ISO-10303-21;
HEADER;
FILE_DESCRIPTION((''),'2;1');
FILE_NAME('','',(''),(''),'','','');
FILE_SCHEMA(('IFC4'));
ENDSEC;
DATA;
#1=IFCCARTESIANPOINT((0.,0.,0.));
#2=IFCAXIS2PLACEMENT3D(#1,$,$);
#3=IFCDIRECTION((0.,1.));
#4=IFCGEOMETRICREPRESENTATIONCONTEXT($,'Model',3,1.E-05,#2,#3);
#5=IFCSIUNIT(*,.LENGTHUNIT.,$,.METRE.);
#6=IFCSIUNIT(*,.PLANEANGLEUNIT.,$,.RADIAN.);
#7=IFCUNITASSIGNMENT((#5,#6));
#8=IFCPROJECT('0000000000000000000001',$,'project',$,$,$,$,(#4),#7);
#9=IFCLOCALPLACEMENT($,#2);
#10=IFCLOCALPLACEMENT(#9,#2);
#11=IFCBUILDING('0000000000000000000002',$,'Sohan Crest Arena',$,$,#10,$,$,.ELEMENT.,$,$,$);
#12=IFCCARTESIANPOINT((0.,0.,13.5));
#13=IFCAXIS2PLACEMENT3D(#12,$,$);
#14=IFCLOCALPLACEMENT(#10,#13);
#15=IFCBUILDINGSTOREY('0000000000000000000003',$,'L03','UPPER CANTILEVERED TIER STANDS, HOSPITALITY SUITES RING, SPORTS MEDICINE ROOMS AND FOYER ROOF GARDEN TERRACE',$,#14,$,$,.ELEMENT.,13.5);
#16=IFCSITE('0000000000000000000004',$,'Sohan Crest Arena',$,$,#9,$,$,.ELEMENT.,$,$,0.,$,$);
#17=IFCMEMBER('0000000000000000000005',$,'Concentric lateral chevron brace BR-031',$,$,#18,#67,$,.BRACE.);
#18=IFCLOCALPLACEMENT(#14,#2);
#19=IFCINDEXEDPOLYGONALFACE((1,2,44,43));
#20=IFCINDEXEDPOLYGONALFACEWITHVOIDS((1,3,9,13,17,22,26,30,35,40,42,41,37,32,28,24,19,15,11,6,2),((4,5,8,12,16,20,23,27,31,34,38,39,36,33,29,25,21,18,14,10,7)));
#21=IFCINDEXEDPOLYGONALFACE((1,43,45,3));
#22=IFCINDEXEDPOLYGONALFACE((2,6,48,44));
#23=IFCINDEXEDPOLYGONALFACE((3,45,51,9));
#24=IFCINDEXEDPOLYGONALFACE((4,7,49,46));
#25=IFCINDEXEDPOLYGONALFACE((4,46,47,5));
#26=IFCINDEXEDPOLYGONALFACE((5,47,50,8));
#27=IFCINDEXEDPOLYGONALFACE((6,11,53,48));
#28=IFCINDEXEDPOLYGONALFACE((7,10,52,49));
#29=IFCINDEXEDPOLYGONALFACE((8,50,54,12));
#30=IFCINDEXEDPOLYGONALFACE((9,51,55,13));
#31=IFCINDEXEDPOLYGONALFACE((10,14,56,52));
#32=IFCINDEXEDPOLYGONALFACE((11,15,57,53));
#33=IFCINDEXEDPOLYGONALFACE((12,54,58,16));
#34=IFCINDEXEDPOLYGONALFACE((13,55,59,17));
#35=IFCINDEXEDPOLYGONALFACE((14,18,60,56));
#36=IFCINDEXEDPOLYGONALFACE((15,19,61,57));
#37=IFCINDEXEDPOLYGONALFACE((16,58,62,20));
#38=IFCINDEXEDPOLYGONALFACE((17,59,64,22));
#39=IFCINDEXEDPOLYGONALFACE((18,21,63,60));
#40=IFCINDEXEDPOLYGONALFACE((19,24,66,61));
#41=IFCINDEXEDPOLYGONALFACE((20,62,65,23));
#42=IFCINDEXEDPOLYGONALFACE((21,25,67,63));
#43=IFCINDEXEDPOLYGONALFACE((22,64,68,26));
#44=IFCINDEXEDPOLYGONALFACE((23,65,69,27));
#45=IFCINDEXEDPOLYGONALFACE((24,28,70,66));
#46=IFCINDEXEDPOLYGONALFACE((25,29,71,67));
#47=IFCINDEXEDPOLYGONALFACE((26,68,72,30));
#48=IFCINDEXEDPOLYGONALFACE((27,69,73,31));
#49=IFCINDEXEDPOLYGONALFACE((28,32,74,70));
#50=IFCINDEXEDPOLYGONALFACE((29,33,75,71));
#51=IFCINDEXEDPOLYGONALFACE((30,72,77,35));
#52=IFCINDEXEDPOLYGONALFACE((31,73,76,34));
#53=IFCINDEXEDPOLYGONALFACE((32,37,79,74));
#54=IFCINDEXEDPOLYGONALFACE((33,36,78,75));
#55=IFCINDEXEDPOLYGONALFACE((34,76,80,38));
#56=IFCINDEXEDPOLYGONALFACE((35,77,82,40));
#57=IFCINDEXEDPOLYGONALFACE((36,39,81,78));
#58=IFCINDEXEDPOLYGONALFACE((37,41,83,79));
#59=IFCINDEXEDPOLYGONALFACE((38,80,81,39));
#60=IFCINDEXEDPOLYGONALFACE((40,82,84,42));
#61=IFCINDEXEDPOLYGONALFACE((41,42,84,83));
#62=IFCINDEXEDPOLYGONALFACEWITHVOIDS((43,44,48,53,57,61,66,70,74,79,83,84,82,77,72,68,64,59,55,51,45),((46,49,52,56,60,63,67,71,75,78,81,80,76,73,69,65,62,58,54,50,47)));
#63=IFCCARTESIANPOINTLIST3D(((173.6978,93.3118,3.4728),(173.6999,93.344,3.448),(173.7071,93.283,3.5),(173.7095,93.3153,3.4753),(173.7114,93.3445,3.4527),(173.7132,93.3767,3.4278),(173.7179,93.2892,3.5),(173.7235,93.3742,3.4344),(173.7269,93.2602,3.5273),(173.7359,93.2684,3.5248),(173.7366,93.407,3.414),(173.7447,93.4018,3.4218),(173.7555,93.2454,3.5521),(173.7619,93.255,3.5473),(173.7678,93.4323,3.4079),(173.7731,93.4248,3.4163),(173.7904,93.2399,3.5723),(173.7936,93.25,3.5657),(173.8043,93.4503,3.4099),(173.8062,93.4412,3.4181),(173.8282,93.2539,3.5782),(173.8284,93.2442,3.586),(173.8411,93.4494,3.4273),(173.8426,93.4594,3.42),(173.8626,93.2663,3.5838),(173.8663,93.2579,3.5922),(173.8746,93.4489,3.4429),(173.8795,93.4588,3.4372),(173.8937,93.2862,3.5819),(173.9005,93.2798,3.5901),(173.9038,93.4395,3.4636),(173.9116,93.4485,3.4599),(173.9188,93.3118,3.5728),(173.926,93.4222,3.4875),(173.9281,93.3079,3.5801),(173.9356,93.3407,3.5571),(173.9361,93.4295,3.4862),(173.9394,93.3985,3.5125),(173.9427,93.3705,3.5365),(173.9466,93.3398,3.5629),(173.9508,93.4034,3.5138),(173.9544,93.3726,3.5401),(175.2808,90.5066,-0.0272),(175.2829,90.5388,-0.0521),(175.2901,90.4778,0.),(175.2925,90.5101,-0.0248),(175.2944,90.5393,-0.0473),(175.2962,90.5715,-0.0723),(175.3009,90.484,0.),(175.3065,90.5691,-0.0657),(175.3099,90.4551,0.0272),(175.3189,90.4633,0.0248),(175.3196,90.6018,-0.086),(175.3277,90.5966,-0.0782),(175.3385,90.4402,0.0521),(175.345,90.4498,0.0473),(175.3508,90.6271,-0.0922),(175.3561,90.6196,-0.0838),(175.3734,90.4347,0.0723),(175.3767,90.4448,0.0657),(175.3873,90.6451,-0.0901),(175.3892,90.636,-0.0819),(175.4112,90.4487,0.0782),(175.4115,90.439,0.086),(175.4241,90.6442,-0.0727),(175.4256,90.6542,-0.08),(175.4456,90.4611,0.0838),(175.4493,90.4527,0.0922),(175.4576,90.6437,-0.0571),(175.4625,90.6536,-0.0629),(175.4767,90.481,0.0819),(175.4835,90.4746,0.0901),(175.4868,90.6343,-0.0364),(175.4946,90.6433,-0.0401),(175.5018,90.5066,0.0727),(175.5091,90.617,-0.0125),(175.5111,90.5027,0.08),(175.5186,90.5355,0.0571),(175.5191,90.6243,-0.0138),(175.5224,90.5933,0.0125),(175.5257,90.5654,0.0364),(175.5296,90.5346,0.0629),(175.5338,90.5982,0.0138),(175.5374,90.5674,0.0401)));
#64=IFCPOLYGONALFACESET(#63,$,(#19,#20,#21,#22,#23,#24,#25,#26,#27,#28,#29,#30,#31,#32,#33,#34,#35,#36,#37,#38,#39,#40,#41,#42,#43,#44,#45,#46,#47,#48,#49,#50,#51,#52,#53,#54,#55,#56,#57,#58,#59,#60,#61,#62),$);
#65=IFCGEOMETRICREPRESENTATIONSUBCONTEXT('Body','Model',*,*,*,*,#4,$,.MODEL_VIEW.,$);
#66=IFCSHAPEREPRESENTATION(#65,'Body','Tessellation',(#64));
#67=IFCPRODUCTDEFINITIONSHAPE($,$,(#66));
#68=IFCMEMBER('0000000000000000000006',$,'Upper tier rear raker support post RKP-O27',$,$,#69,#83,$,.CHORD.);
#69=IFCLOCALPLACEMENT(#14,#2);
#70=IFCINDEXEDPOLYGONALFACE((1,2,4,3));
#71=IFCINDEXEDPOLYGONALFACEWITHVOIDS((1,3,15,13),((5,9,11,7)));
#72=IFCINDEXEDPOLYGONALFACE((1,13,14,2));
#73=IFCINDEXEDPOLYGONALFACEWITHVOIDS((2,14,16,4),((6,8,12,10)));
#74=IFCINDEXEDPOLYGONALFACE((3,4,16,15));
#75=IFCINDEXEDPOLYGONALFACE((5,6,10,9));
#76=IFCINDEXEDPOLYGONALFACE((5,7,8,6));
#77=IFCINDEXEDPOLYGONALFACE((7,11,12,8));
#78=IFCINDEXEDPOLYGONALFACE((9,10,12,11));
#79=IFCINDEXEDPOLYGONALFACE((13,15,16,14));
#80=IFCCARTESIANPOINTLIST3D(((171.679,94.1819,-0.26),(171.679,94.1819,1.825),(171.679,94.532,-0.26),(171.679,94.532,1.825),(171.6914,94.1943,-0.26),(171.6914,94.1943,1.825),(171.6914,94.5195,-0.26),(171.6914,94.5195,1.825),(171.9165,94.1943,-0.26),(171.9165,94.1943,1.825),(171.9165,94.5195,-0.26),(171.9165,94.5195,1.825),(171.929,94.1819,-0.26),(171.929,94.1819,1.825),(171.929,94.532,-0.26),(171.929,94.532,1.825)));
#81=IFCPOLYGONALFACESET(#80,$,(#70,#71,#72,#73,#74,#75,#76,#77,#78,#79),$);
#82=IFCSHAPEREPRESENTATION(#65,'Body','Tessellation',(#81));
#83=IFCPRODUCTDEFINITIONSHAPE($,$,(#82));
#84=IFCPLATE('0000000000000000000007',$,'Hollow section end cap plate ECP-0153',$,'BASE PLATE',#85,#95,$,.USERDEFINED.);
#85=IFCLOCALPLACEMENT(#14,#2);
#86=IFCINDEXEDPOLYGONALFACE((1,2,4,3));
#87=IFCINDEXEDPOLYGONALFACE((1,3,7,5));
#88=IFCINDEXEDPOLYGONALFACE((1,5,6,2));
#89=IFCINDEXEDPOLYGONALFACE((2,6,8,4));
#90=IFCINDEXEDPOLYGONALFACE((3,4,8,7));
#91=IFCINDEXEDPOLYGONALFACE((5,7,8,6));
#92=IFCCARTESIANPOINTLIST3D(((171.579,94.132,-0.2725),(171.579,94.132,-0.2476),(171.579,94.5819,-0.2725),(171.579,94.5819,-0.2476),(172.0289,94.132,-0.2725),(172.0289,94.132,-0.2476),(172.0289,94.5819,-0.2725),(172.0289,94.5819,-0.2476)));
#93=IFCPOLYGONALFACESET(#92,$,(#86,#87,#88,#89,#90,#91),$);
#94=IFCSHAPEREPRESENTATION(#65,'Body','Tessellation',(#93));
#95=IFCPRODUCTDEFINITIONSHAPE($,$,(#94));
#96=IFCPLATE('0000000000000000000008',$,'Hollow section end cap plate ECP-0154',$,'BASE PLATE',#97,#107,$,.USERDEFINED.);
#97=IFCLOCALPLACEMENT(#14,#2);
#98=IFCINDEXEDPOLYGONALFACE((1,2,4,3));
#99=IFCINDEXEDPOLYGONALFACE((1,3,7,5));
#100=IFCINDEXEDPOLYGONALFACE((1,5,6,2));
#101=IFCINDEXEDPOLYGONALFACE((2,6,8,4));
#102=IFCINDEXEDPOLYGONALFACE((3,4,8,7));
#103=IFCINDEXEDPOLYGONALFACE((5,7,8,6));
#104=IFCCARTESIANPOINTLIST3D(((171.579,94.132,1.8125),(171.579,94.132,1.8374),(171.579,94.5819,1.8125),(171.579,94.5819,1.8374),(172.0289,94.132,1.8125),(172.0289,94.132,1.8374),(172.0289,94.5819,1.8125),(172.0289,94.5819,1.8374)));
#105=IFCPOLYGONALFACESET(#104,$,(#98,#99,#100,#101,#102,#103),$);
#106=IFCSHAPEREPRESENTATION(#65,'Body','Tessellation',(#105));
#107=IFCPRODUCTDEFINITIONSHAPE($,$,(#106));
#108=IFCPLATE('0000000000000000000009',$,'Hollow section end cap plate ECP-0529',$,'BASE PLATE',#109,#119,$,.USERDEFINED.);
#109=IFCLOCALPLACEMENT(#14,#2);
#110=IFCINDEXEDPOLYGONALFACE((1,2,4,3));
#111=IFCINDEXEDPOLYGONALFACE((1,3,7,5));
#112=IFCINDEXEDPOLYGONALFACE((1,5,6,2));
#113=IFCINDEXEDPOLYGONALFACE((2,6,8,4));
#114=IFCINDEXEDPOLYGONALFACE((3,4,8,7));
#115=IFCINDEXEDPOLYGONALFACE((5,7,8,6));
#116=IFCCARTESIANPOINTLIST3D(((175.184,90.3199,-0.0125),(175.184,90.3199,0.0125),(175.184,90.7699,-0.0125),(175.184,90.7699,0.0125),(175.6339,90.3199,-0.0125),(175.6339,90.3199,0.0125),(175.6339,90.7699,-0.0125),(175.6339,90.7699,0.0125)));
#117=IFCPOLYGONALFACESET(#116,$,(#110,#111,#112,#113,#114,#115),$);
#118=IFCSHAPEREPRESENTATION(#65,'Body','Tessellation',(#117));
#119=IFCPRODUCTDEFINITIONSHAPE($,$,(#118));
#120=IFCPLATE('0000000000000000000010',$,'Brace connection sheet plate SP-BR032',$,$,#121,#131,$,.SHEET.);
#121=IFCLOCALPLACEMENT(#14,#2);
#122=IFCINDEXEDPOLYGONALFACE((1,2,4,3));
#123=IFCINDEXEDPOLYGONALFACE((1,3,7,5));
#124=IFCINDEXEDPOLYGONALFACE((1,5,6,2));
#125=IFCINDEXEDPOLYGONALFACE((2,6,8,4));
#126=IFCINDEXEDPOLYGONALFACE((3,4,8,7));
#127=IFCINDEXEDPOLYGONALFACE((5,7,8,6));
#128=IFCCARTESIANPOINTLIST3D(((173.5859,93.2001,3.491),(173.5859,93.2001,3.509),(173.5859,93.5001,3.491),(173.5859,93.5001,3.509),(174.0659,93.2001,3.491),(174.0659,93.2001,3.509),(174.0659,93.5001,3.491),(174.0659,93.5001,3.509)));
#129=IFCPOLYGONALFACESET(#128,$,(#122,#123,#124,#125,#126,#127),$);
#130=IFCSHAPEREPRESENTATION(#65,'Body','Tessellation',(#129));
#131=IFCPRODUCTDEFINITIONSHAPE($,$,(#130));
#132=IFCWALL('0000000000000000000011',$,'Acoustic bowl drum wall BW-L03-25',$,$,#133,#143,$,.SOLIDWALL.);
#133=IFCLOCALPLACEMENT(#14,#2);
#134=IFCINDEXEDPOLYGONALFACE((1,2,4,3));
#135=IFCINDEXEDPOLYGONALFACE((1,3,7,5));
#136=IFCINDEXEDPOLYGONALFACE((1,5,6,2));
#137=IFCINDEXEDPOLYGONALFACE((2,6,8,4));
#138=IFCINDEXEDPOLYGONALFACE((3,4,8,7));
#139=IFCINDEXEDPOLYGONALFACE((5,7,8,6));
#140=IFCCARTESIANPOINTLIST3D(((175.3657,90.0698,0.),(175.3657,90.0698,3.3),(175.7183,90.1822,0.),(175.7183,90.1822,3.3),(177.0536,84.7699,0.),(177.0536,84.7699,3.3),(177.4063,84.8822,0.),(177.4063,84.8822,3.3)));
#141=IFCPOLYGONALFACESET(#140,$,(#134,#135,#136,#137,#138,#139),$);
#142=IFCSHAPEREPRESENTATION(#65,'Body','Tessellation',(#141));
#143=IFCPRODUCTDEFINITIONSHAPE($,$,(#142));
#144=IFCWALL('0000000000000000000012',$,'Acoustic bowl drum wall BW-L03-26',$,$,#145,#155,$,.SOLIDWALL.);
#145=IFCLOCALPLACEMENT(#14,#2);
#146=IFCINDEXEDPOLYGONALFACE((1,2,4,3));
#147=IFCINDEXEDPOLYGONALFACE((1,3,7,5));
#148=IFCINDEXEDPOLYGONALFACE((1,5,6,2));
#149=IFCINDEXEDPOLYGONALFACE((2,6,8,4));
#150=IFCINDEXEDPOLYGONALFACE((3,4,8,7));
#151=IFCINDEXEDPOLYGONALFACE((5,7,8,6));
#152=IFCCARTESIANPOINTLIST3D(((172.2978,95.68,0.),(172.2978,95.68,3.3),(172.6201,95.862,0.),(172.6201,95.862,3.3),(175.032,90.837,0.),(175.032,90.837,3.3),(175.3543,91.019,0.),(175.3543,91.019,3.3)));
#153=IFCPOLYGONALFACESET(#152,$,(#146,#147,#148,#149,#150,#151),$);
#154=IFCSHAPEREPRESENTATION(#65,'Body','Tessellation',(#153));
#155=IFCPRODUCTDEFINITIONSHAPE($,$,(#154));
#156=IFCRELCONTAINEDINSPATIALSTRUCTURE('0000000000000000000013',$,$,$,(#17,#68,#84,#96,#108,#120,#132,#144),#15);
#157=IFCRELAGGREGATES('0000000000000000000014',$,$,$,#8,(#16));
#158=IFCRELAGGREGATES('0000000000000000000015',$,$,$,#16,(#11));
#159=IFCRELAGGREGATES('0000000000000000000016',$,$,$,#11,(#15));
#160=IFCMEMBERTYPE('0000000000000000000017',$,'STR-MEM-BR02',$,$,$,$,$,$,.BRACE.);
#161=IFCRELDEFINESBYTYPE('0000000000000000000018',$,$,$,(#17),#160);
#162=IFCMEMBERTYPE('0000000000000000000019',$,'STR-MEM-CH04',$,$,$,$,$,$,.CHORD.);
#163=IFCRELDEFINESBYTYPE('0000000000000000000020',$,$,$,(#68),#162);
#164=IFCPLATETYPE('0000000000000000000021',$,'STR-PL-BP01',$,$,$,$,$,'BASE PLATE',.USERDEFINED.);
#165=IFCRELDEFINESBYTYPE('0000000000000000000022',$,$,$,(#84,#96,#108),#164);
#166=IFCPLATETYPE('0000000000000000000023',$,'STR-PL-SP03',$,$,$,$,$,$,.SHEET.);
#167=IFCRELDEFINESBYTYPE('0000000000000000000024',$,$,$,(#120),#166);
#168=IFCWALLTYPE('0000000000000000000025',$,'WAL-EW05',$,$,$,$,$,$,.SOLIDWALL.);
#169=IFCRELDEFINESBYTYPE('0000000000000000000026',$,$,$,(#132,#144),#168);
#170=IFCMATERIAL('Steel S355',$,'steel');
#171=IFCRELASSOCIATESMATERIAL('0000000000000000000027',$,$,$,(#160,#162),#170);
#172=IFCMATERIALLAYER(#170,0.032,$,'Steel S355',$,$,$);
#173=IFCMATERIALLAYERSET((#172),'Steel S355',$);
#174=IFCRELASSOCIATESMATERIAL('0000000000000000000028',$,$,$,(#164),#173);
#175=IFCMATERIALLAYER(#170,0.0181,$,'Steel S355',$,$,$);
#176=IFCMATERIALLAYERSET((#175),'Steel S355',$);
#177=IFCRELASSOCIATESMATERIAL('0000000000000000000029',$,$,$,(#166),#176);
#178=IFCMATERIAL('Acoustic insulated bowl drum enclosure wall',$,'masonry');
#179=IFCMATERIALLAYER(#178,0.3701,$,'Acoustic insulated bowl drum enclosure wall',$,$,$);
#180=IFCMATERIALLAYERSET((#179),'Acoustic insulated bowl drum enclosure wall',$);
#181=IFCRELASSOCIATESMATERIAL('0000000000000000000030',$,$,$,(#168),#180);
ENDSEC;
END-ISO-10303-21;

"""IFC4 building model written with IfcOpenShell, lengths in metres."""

from ifc_helpers import new_model, si_unit, direction, frame, frame_2d, origin, origin_2d, place, context, subcontext, project, spatial, rectangle, hollow_rectangle, hollow_circle, extrude, material, layer, layer_set, material_profile, profile_set, type_object, element, save


model = new_model("IFC4")

# Units and contexts
model_context = context("Model", 3, precision=1e-05, world=origin(), true_north=direction((0.0, 1.0)))
body_context = subcontext(model_context, "Body", "Model", "MODEL_VIEW")
ifc_project = project(units=[si_unit("LENGTHUNIT", "METRE"), si_unit("PLANEANGLEUNIT", "RADIAN")], contexts=[model_context])

# Site, building, storey
site_placement = place(None, origin())
site = spatial("IfcSite", under=ifc_project, at=site_placement, Name="Sohan Crest Arena", CompositionType="ELEMENT", RefElevation=0.0)
building_placement = place(site_placement, origin())
building = spatial("IfcBuilding", under=site, at=building_placement, Name="Sohan Crest Arena", CompositionType="ELEMENT")
storey_placement = place(building_placement, frame((0.0, 0.0, 13.5)))
storey = spatial("IfcBuildingStorey", under=building, at=storey_placement, Name="L03", Description="UPPER CANTILEVERED TIER STANDS, HOSPITALITY SUITES RING, SPORTS MEDICINE ROOMS AND FOYER ROOF GARDEN TERRACE", CompositionType="ELEMENT", Elevation=13.5)

# Shared definitions
ifc_material_1 = material(Name="Steel S355", Category="steel")

# Members
ifc_material_profile_1 = material_profile(ifc_material_1, hollow_circle(Radius=0.1365, WallThickness=0.0125, at=origin_2d()), Name="CHS 273x12.5")
ifc_profile_set_1 = profile_set([ifc_material_profile_1], Name="Steel S355")
member_type_1 = type_object("IfcMemberType", Name="STR-MEM-BR02", PredefinedType="BRACE", material=ifc_profile_set_1)
member_1_placement = place(storey_placement, frame((175.4089, 90.5449, 0.0), z_axis=(-0.332805, 0.589748, 0.735825), x_axis=(-0.870899, -0.491463, 0.0)))
element("IfcMember", 1, at=member_1_placement, inside=storey, type_object=member_type_1, Name="Concentric lateral chevron brace BR-031", PredefinedType="BRACE", context=body_context, shape_type="SweptSolid", body=[
    extrude(hollow_circle(Radius=0.1365, WallThickness=0.0125, at=origin_2d()), origin(), (0.0, 0.0, 1.0), 4.7566),
])
ifc_material_profile_2 = material_profile(ifc_material_1, hollow_rectangle(XDim=0.25, YDim=0.3501, WallThickness=0.0125, at=origin_2d()), Name="RHS 350x250x12.5")
ifc_profile_set_2 = profile_set([ifc_material_profile_2], Name="Steel S355")
member_type_2 = type_object("IfcMemberType", Name="STR-MEM-CH04", PredefinedType="CHORD", material=ifc_profile_set_2)
member_2_placement = place(storey_placement, frame((171.804, 94.3569, -0.26), z_axis=(0.0, 0.0, 1.0), x_axis=(1.0, 0.0, 0.0)))
element("IfcMember", 2, at=member_2_placement, inside=storey, type_object=member_type_2, Name="Upper tier rear raker support post RKP-O27", PredefinedType="CHORD", context=body_context, shape_type="SweptSolid", body=[
    extrude(hollow_rectangle(XDim=0.25, YDim=0.3501, WallThickness=0.0125, at=origin_2d()), origin(), (0.0, 0.0, 1.0), 2.085),
])

# Plates
ifc_layer_1 = layer(ifc_material_1, 0.032, Name="Steel S355")
ifc_layer_set_1 = layer_set([ifc_layer_1], Name="Steel S355")
plate_type_1 = type_object("IfcPlateType", Name="STR-PL-BP01", ElementType="BASE PLATE", PredefinedType="USERDEFINED", material=ifc_layer_set_1)
for number, where, z_axis, x_axis, name in (
    (3, (171.804, 94.3569, -0.2725), (0.0, 0.0, 1.0), (1.0, 0.0, 0.0), "Hollow section end cap plate ECP-0153"),
    (4, (171.804, 94.3569, 1.8125), (0.0, 0.0, 1.0), (1.0, 0.0, 0.0), "Hollow section end cap plate ECP-0154"),
    (5, (175.4089, 90.5449, -0.0125), (0.0, 0.0, 1.0), (1.0, 0.0, 0.0), "Hollow section end cap plate ECP-0529"),
):
    element("IfcPlate", number, at=place(storey_placement, frame(where, z_axis=z_axis, x_axis=x_axis)), inside=storey, type_object=plate_type_1, Name=name, ObjectType="BASE PLATE", PredefinedType="USERDEFINED", context=body_context, shape_type="SweptSolid", body=[
        extrude(rectangle(XDim=0.45, YDim=0.45, at=origin_2d()), origin(), (0.0, 0.0, 1.0), 0.0249),
    ])
ifc_layer_2 = layer(ifc_material_1, 0.0181, Name="Steel S355")
ifc_layer_set_2 = layer_set([ifc_layer_2], Name="Steel S355")
plate_type_2 = type_object("IfcPlateType", Name="STR-PL-SP03", PredefinedType="SHEET", material=ifc_layer_set_2)
plate_placement = place(storey_placement, frame((173.8259, 93.3501, 3.491), z_axis=(0.0, 0.0, 1.0), x_axis=(1.0, 0.0, 0.0)))
element("IfcPlate", 6, at=plate_placement, inside=storey, type_object=plate_type_2, Name="Brace connection sheet plate SP-BR032", PredefinedType="SHEET", context=body_context, shape_type="SweptSolid", body=[
    extrude(rectangle(XDim=0.48, YDim=0.3, at=origin_2d()), origin(), (0.0, 0.0, 1.0), 0.0181),
])

# Walls
ifc_material_2 = material(Name="Acoustic insulated bowl drum enclosure wall", Category="masonry")
ifc_layer_3 = layer(ifc_material_2, 0.3701, Name="Acoustic insulated bowl drum enclosure wall")
ifc_layer_set_3 = layer_set([ifc_layer_3], Name="Acoustic insulated bowl drum enclosure wall")
wall_type = type_object("IfcWallType", Name="WAL-EW05", PredefinedType="SOLIDWALL", material=ifc_layer_set_3)
wall_1_placement = place(storey_placement, frame((177.23, 84.8259, 0.0), z_axis=(0.0, 0.0, 1.0), x_axis=(-0.303466, 0.952842, 0.0)))
element("IfcWall", 7, at=wall_1_placement, inside=storey, type_object=wall_type, Name="Acoustic bowl drum wall BW-L03-25", PredefinedType="SOLIDWALL", context=body_context, shape_type="SweptSolid", body=[
    extrude(rectangle(XDim=5.5623, YDim=0.3701, at=frame_2d((2.7812, 0.0))), origin(), (0.0, 0.0, 1.0), 3.3),
])
wall_2_placement = place(storey_placement, frame((175.1931, 90.928, 0.0), z_axis=(0.0, 0.0, 1.0), x_axis=(-0.491617, 0.870811, 0.0)))
element("IfcWall", 8, at=wall_2_placement, inside=storey, type_object=wall_type, Name="Acoustic bowl drum wall BW-L03-26", PredefinedType="SOLIDWALL", context=body_context, shape_type="SweptSolid", body=[
    extrude(rectangle(XDim=5.5615, YDim=0.3701, at=frame_2d((2.7808, 0.0))), origin(), (0.0, 0.0, 1.0), 3.3),
])

save(model, "model.ifc")
